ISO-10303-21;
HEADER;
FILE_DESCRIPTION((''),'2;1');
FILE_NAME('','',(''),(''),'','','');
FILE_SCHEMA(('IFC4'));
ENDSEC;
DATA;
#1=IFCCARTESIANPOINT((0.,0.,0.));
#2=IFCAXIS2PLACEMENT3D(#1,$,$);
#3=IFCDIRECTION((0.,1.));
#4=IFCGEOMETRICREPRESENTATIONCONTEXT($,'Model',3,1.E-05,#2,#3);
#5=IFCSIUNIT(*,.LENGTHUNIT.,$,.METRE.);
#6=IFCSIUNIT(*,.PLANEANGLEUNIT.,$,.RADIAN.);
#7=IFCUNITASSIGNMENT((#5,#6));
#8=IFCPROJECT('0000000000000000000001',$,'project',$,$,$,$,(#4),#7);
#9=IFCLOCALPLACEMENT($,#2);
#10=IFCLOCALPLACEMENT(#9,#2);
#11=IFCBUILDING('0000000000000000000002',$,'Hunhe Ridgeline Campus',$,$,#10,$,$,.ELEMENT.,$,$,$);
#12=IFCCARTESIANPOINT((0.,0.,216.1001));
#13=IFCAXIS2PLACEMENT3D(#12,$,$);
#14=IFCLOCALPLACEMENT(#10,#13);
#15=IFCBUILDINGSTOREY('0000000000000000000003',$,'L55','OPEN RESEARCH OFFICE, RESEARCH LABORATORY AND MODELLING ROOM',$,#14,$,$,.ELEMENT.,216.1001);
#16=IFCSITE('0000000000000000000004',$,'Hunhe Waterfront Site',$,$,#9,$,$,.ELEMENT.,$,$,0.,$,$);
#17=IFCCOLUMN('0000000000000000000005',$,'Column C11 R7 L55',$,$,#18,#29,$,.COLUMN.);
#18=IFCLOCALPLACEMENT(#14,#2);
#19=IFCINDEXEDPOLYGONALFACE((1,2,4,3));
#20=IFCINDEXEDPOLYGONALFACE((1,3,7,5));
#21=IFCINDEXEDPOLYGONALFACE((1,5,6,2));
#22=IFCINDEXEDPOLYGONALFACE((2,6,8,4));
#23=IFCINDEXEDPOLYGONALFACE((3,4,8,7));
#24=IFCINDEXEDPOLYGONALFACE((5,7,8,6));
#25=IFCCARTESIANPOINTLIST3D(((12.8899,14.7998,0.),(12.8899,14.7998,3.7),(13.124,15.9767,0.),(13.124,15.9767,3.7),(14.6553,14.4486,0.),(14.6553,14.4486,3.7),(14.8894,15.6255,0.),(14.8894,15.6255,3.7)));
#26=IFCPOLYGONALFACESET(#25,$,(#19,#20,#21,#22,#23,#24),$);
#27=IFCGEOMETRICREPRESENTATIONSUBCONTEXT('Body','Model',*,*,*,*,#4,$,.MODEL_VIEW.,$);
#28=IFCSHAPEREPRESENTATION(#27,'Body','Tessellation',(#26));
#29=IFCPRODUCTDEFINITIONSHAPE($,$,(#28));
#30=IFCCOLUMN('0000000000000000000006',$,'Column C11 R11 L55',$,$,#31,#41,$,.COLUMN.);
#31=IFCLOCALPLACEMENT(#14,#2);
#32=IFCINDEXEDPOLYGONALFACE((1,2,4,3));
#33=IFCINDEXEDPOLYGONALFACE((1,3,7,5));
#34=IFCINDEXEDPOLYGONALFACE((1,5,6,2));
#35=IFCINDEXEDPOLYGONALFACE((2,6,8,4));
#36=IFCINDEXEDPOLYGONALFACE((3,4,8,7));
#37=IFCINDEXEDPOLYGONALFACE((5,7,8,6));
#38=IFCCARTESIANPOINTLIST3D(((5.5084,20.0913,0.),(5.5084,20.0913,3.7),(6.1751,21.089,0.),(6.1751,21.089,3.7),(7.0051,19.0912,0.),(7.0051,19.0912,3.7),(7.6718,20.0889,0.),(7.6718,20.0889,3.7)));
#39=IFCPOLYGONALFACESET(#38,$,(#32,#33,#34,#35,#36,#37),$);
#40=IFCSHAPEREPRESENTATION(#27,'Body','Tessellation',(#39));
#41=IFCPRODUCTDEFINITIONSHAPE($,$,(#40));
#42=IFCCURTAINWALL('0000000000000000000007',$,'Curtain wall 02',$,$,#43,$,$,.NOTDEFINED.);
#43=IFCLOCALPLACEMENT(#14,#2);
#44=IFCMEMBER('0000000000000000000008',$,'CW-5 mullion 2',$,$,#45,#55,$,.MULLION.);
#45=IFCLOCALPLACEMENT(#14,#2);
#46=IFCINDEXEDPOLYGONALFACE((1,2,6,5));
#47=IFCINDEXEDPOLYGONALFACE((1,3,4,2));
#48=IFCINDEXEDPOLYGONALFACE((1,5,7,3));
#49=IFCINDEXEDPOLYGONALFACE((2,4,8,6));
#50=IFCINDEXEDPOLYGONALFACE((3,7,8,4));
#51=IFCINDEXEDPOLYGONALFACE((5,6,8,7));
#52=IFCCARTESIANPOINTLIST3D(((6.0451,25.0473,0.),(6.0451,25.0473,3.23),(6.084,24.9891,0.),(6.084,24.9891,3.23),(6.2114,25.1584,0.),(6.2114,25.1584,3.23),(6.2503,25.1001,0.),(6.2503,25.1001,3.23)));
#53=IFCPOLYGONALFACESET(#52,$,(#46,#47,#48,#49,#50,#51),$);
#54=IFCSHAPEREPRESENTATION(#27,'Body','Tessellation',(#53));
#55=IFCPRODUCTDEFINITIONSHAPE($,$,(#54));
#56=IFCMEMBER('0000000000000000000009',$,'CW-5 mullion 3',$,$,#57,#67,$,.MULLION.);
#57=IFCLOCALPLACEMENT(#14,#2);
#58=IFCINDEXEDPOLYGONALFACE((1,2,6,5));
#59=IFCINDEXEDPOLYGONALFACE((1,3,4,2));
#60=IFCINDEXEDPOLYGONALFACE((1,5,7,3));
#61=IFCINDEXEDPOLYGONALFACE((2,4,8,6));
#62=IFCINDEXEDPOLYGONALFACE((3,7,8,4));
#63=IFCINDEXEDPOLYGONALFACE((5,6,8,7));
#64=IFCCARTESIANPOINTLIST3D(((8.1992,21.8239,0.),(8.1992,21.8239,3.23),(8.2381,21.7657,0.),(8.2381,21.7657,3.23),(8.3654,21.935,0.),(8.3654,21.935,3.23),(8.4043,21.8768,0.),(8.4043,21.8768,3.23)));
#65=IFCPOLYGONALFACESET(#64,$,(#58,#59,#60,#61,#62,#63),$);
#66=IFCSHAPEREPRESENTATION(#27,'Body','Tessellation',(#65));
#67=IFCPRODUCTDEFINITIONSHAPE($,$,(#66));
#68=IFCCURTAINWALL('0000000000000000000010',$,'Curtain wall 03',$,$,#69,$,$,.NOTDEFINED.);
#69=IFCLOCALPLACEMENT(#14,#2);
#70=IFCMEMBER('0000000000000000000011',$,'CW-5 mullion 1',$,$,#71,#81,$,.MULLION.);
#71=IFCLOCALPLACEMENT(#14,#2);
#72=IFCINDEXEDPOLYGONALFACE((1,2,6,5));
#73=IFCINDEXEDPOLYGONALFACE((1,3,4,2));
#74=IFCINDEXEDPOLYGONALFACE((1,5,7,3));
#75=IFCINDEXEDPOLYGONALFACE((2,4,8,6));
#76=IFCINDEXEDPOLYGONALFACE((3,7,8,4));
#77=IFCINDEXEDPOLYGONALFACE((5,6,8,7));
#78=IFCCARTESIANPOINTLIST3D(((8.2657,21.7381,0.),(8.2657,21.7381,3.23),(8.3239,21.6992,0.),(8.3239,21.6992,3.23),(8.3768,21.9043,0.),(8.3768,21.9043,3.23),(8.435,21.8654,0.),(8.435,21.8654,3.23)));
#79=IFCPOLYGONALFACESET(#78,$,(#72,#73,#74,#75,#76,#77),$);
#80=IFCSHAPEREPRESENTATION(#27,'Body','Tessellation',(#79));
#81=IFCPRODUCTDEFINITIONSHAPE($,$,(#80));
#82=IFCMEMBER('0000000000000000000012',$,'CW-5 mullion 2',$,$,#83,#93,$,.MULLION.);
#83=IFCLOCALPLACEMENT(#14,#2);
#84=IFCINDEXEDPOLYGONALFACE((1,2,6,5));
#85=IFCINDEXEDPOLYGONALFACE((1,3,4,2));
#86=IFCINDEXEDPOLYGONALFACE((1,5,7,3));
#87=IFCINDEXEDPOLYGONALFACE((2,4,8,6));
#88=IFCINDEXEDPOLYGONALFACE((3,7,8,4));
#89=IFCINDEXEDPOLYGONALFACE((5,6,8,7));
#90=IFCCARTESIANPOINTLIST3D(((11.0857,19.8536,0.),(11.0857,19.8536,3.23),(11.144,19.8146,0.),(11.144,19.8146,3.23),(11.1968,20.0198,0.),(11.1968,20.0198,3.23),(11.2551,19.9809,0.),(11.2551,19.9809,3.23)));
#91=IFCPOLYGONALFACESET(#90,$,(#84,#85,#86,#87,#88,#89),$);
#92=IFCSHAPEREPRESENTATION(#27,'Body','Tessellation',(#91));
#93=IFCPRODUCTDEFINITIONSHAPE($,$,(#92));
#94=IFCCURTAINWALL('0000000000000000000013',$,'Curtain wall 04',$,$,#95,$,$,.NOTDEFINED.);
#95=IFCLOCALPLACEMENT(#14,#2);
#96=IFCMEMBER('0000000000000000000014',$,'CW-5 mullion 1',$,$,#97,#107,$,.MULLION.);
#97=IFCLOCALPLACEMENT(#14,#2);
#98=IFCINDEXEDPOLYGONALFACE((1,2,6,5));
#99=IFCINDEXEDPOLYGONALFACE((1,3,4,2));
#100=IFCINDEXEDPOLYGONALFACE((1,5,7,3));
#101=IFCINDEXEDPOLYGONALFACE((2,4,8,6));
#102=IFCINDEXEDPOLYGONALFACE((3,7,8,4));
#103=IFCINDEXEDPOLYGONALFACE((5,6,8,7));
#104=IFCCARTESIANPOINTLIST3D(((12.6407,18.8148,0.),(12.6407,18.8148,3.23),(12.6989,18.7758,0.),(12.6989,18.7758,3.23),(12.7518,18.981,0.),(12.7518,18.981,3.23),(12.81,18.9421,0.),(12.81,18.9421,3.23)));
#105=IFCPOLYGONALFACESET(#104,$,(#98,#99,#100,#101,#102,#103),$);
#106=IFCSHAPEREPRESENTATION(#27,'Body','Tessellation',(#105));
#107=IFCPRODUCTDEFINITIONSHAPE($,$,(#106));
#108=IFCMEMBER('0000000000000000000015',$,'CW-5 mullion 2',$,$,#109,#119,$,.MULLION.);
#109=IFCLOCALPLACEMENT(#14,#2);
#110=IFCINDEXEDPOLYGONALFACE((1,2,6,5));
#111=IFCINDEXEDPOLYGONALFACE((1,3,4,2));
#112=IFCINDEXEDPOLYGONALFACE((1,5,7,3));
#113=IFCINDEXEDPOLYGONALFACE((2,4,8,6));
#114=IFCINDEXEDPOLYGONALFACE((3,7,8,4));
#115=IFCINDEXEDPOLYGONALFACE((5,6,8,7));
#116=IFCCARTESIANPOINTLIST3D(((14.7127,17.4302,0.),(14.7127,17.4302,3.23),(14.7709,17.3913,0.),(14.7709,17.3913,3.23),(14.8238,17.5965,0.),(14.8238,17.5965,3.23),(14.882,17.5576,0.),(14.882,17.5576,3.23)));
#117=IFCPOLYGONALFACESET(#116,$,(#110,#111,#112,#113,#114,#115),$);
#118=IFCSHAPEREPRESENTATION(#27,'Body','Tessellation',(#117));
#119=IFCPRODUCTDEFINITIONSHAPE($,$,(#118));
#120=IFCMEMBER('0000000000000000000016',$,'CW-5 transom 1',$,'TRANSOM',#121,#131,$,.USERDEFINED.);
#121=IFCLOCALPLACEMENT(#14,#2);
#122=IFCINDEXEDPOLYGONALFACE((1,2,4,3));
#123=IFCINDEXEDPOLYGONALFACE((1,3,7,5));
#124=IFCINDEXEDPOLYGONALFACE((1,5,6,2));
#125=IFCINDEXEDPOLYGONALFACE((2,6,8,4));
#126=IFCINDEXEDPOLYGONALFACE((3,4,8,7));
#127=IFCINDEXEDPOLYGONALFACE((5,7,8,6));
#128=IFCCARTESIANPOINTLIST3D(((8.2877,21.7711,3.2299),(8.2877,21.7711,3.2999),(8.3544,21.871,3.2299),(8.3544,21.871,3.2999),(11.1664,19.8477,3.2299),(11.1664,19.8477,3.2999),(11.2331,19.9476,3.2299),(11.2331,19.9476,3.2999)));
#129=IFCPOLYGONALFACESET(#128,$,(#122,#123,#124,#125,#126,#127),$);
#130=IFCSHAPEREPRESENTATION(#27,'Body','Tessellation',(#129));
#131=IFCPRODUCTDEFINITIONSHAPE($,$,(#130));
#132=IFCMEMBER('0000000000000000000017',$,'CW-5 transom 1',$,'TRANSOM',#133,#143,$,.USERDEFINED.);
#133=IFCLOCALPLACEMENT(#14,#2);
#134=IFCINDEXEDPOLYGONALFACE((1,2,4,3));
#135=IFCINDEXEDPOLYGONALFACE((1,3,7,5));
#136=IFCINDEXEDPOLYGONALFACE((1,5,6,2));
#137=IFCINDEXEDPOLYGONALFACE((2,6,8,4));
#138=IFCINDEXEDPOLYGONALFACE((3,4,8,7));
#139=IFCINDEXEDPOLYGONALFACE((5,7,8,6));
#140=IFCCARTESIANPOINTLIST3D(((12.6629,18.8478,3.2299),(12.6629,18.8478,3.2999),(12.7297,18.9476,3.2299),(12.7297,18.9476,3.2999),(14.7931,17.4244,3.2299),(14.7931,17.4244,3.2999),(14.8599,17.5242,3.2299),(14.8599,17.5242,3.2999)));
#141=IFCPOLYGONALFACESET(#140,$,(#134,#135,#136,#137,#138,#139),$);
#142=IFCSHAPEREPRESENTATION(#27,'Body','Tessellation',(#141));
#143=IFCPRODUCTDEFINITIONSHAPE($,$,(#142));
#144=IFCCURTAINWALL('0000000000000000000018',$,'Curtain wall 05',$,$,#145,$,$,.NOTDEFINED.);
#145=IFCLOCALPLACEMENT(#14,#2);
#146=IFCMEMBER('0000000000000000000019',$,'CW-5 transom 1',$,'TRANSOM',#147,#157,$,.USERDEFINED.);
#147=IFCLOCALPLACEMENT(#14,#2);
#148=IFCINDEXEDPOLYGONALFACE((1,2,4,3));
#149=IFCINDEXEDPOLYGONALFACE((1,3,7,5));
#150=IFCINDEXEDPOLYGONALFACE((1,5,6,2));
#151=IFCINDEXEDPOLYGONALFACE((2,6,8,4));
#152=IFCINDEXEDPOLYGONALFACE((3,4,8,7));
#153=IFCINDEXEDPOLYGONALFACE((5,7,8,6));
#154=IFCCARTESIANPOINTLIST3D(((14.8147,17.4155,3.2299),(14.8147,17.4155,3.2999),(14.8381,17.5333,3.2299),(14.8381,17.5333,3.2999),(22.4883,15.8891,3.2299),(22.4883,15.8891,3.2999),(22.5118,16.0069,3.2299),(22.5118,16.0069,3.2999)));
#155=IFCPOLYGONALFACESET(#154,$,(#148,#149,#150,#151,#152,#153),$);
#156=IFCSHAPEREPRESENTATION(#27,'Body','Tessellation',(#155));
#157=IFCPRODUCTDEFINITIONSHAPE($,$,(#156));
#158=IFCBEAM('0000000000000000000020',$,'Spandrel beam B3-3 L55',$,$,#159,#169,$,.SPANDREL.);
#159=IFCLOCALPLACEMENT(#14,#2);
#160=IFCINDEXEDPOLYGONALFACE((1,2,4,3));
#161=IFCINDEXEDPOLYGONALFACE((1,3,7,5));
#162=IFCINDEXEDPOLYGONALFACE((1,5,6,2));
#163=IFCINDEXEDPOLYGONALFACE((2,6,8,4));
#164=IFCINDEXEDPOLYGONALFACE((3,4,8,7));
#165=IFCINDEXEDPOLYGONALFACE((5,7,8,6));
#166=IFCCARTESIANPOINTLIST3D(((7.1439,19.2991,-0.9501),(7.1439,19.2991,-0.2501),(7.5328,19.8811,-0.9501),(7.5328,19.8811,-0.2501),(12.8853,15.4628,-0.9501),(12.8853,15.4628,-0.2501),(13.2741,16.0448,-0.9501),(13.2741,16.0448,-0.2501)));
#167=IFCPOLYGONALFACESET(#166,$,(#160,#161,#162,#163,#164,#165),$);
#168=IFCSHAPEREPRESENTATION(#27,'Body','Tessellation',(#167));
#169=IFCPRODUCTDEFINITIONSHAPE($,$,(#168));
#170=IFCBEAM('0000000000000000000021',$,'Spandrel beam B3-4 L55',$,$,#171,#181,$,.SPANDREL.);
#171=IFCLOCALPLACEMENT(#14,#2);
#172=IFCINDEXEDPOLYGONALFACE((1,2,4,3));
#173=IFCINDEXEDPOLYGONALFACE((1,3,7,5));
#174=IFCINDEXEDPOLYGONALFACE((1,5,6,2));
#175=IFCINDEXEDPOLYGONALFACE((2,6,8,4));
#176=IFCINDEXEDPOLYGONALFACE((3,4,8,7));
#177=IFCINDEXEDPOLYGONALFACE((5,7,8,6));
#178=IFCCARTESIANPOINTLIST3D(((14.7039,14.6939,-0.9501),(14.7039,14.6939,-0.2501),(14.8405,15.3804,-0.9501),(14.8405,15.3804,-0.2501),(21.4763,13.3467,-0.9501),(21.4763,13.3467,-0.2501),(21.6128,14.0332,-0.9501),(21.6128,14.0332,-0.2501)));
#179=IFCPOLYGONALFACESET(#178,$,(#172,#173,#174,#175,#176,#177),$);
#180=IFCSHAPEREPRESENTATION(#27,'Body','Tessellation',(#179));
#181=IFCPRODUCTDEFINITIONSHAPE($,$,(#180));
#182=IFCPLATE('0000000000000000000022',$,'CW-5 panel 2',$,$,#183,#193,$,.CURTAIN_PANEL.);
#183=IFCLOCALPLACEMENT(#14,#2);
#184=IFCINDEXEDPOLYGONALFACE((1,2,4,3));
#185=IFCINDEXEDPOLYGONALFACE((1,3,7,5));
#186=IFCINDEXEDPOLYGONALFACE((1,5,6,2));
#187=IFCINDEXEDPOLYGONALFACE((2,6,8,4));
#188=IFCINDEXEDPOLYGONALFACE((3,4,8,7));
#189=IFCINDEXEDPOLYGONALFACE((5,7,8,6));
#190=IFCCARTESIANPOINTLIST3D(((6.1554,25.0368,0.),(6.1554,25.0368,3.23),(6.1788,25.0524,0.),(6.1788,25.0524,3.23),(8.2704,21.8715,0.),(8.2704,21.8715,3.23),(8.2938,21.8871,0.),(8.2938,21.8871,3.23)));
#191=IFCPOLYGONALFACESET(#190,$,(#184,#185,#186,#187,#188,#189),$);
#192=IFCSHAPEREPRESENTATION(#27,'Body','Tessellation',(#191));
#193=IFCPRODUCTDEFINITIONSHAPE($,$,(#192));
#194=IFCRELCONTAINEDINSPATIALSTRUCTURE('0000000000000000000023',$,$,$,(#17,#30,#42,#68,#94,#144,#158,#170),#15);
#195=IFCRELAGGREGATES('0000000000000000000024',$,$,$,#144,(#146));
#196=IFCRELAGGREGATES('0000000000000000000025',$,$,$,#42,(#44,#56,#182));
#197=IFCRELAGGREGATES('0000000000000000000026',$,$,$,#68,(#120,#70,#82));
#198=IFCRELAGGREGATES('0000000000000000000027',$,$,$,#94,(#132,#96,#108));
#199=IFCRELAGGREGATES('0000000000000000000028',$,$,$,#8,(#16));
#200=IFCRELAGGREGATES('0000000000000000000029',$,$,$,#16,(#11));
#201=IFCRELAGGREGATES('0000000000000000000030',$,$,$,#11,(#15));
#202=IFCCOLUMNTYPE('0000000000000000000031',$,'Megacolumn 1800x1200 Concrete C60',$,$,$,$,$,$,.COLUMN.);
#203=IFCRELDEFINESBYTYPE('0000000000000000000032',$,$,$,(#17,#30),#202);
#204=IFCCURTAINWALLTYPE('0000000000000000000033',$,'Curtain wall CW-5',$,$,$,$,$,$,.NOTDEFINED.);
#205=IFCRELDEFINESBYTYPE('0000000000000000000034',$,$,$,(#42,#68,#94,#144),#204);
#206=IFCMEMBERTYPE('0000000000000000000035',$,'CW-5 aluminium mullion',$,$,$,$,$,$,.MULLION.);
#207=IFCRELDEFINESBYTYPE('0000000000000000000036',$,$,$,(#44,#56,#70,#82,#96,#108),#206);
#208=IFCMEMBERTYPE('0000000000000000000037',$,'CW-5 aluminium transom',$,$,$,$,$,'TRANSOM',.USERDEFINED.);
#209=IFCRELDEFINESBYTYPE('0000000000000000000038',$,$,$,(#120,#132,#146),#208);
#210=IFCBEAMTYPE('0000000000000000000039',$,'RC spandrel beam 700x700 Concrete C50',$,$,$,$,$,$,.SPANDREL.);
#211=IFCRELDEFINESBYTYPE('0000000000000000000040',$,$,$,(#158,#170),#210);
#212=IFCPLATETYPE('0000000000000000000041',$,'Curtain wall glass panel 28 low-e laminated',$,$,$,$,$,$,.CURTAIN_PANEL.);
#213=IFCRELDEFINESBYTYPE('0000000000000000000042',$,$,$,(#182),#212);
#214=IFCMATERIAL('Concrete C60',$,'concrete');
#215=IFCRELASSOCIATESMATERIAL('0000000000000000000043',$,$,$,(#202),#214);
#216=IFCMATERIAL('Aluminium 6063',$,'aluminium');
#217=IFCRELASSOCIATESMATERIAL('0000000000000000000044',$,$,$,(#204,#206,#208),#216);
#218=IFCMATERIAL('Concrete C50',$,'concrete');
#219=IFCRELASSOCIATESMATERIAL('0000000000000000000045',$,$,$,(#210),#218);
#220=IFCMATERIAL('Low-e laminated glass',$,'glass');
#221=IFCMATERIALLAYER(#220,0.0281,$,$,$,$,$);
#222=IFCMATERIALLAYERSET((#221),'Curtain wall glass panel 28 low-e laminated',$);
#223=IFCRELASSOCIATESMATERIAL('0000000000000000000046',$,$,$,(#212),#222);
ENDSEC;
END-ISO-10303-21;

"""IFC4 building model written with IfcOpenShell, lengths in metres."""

from ifc_helpers import new_model, si_unit, direction, frame, origin, origin_2d, place, context, subcontext, project, spatial, rectangle, extrude, material, layer, layer_set, material_profile, profile_set, type_object, element, aggregate, save


model = new_model("IFC4")

# Units and contexts
model_context = context("Model", 3, precision=1e-05, world=origin(), true_north=direction((0.0, 1.0)))
body_context = subcontext(model_context, "Body", "Model", "MODEL_VIEW")
ifc_project = project(units=[si_unit("LENGTHUNIT", "METRE"), si_unit("PLANEANGLEUNIT", "RADIAN")], contexts=[model_context])

# Site, building, storey
site_placement = place(None, origin())
site = spatial("IfcSite", under=ifc_project, at=site_placement, Name="Hunhe Waterfront Site", CompositionType="ELEMENT", RefElevation=0.0)
building_placement = place(site_placement, origin())
building = spatial("IfcBuilding", under=site, at=building_placement, Name="Hunhe Ridgeline Campus", CompositionType="ELEMENT")
storey_placement = place(building_placement, frame((0.0, 0.0, 216.1001)))
storey = spatial("IfcBuildingStorey", under=building, at=storey_placement, Name="L55", Description="OPEN RESEARCH OFFICE, RESEARCH LABORATORY AND MODELLING ROOM", CompositionType="ELEMENT", Elevation=216.1001)

# Columns
ifc_material_1 = material(Name="Concrete C60", Category="concrete")
ifc_material_profile_1 = material_profile(ifc_material_1, rectangle(XDim=1.8, YDim=1.2, at=origin_2d()))
ifc_profile_set_1 = profile_set([ifc_material_profile_1], Name="Concrete C60")
column_type = type_object("IfcColumnType", Name="Megacolumn 1800x1200 Concrete C60", PredefinedType="COLUMN", material=ifc_profile_set_1)
for number, where, z_axis, x_axis, name in (
    (1, (13.8896, 15.2126, 0.0), (0.0, 0.0, 1.0), (-0.980785, 0.19509, 0.0), "Column C11 R7 L55"),
    (2, (6.5901, 20.0901, 0.0), (0.0, 0.0, 1.0), (-0.83147, 0.55557, 0.0), "Column C11 R11 L55"),
):
    element("IfcColumn", number, at=place(storey_placement, frame(where, z_axis=z_axis, x_axis=x_axis)), inside=storey, type_object=column_type, Name=name, PredefinedType="COLUMN", context=body_context, shape_type="SweptSolid", body=[
        extrude(rectangle(XDim=1.8, YDim=1.2, at=origin_2d()), origin(), (0.0, 0.0, 1.0), 3.7),
    ])

# Curtain walls, members
ifc_material_2 = material(Name="Aluminium 6063", Category="aluminium")
curtain_wall_type = type_object("IfcCurtainWallType", Name="Curtain wall CW-5", PredefinedType="NOTDEFINED", material=ifc_material_2)
curtain_wall_1_placement = place(storey_placement, origin())
curtain_wall_1 = element("IfcCurtainWall", 3, at=curtain_wall_1_placement, inside=storey, type_object=curtain_wall_type, Name="Curtain wall 02", PredefinedType="NOTDEFINED")
ifc_material_profile_2 = material_profile(ifc_material_2, rectangle(XDim=0.2, YDim=0.0701, at=origin_2d()))
ifc_profile_set_2 = profile_set([ifc_material_profile_2], Name="Aluminium 6063")
member_type_1 = type_object("IfcMemberType", Name="CW-5 aluminium mullion", PredefinedType="MULLION", material=ifc_profile_set_2)
member_1_placement = place(storey_placement, frame((6.1477, 25.0737, 0.0), z_axis=(0.0, 0.0, 1.0), x_axis=(0.83147, 0.55557, 0.0)))
member_1 = element("IfcMember", 4, at=member_1_placement, type_object=member_type_1, Name="CW-5 mullion 2", PredefinedType="MULLION", context=body_context, shape_type="SweptSolid", body=[
    extrude(rectangle(XDim=0.2, YDim=0.0701, at=origin_2d()), origin(), (0.0, 0.0, 1.0), 3.23),
])
member_2_placement = place(storey_placement, frame((8.3018, 21.8503, 0.0), z_axis=(0.0, 0.0, 1.0), x_axis=(0.83147, 0.55557, 0.0)))
member_2 = element("IfcMember", 5, at=member_2_placement, type_object=member_type_1, Name="CW-5 mullion 3", PredefinedType="MULLION", context=body_context, shape_type="SweptSolid", body=[
    extrude(rectangle(XDim=0.2, YDim=0.0701, at=origin_2d()), origin(), (0.0, 0.0, 1.0), 3.23),
])
curtain_wall_2_placement = place(storey_placement, origin())
curtain_wall_2 = element("IfcCurtainWall", 6, at=curtain_wall_2_placement, inside=storey, type_object=curtain_wall_type, Name="Curtain wall 03", PredefinedType="NOTDEFINED")
member_3_placement = place(storey_placement, frame((8.3503, 21.8018, 0.0), z_axis=(0.0, 0.0, 1.0), x_axis=(0.55557, 0.83147, 0.0)))
member_3 = element("IfcMember", 7, at=member_3_placement, type_object=member_type_1, Name="CW-5 mullion 1", PredefinedType="MULLION", context=body_context, shape_type="SweptSolid", body=[
    extrude(rectangle(XDim=0.2, YDim=0.0701, at=origin_2d()), origin(), (0.0, 0.0, 1.0), 3.23),
])
member_4_placement = place(storey_placement, frame((11.1704, 19.9172, 0.0), z_axis=(0.0, 0.0, 1.0), x_axis=(0.55557, 0.83147, 0.0)))
member_4 = element("IfcMember", 8, at=member_4_placement, type_object=member_type_1, Name="CW-5 mullion 2", PredefinedType="MULLION", context=body_context, shape_type="SweptSolid", body=[
    extrude(rectangle(XDim=0.2, YDim=0.0701, at=origin_2d()), origin(), (0.0, 0.0, 1.0), 3.23),
])
curtain_wall_3_placement = place(storey_placement, origin())
curtain_wall_3 = element("IfcCurtainWall", 9, at=curtain_wall_3_placement, inside=storey, type_object=curtain_wall_type, Name="Curtain wall 04", PredefinedType="NOTDEFINED")
member_5_placement = place(storey_placement, frame((12.7253, 18.8784, 0.0), z_axis=(0.0, 0.0, 1.0), x_axis=(0.55557, 0.83147, 0.0)))
member_5 = element("IfcMember", 10, at=member_5_placement, type_object=member_type_1, Name="CW-5 mullion 1", PredefinedType="MULLION", context=body_context, shape_type="SweptSolid", body=[
    extrude(rectangle(XDim=0.2, YDim=0.0701, at=origin_2d()), origin(), (0.0, 0.0, 1.0), 3.23),
])
member_6_placement = place(storey_placement, frame((14.7974, 17.4939, 0.0), z_axis=(0.0, 0.0, 1.0), x_axis=(0.55557, 0.83147, 0.0)))
member_6 = element("IfcMember", 11, at=member_6_placement, type_object=member_type_1, Name="CW-5 mullion 2", PredefinedType="MULLION", context=body_context, shape_type="SweptSolid", body=[
    extrude(rectangle(XDim=0.2, YDim=0.0701, at=origin_2d()), origin(), (0.0, 0.0, 1.0), 3.23),
])

# Members
ifc_material_profile_3 = material_profile(ifc_material_2, rectangle(XDim=0.1201, YDim=0.0701, at=origin_2d()))
ifc_profile_set_3 = profile_set([ifc_material_profile_3], Name="Aluminium 6063")
member_type_2 = type_object("IfcMemberType", Name="CW-5 aluminium transom", ElementType="TRANSOM", PredefinedType="USERDEFINED", material=ifc_profile_set_3)
member_7_placement = place(storey_placement, frame((8.321, 21.821, 3.2649), z_axis=(0.831486, -0.555546, 0.0), x_axis=(0.555546, 0.831486, 0.0)))
member_7 = element("IfcMember", 12, at=member_7_placement, type_object=member_type_2, Name="CW-5 transom 1", ObjectType="TRANSOM", PredefinedType="USERDEFINED", context=body_context, shape_type="SweptSolid", body=[
    extrude(rectangle(XDim=0.1201, YDim=0.0701, at=origin_2d()), origin(), (0.0, 0.0, 1.0), 3.4622),
])
member_8_placement = place(storey_placement, frame((12.6963, 18.8977, 3.2649), z_axis=(0.831463, -0.55558, 0.0), x_axis=(0.55558, 0.831463, 0.0)))
member_8 = element("IfcMember", 13, at=member_8_placement, type_object=member_type_2, Name="CW-5 transom 1", ObjectType="TRANSOM", PredefinedType="USERDEFINED", context=body_context, shape_type="SweptSolid", body=[
    extrude(rectangle(XDim=0.1201, YDim=0.0701, at=origin_2d()), origin(), (0.0, 0.0, 1.0), 2.562),
])

# Curtain wall, member
curtain_wall_4_placement = place(storey_placement, origin())
curtain_wall_4 = element("IfcCurtainWall", 14, at=curtain_wall_4_placement, inside=storey, type_object=curtain_wall_type, Name="Curtain wall 05", PredefinedType="NOTDEFINED")
member_9_placement = place(storey_placement, frame((14.8264, 17.4744, 3.2649), z_axis=(0.980785, -0.19509, 0.0), x_axis=(0.19509, 0.980785, 0.0)))
member_9 = element("IfcMember", 15, at=member_9_placement, type_object=member_type_2, Name="CW-5 transom 1", ObjectType="TRANSOM", PredefinedType="USERDEFINED", context=body_context, shape_type="SweptSolid", body=[
    extrude(rectangle(XDim=0.1201, YDim=0.0701, at=origin_2d()), origin(), (0.0, 0.0, 1.0), 7.824),
])
aggregate(curtain_wall_4, [member_9])

# Beams
ifc_material_3 = material(Name="Concrete C50", Category="concrete")
ifc_material_profile_4 = material_profile(ifc_material_3, rectangle(XDim=0.7, YDim=0.7, at=origin_2d()))
ifc_profile_set_4 = profile_set([ifc_material_profile_4], Name="Concrete C50")
beam_type = type_object("IfcBeamType", Name="RC spandrel beam 700x700 Concrete C50", PredefinedType="SPANDREL", material=ifc_profile_set_4)
for number, where, z_axis, x_axis, name in (
    (16, (7.3384, 19.5901, -0.6001), (0.831468, -0.555573, 0.0), (0.555573, 0.831468, 0.0), "Spandrel beam B3-3 L55"),
    (17, (14.7722, 15.0371, -0.6001), (0.980784, -0.195096, 0.0), (0.195096, 0.980784, 0.0), "Spandrel beam B3-4 L55"),
):
    element("IfcBeam", number, at=place(storey_placement, frame(where, z_axis=z_axis, x_axis=x_axis)), inside=storey, type_object=beam_type, Name=name, PredefinedType="SPANDREL", context=body_context, shape_type="SweptSolid", body=[
        extrude(rectangle(XDim=0.7, YDim=0.7, at=origin_2d()), origin(), (0.0, 0.0, 1.0), 6.905),
    ])

# Plate
ifc_material_4 = material(Name="Low-e laminated glass", Category="glass")
ifc_layer_1 = layer(ifc_material_4, 0.0281)
ifc_layer_set_1 = layer_set([ifc_layer_1], Name="Curtain wall glass panel 28 low-e laminated")
plate_type = type_object("IfcPlateType", Name="Curtain wall glass panel 28 low-e laminated", PredefinedType="CURTAIN_PANEL", material=ifc_layer_set_1)
plate_1_placement = place(storey_placement, frame((7.2246, 23.4619, 0.0), z_axis=(0.0, 0.0, 1.0), x_axis=(0.55557, -0.83147, 0.0)))
plate_1 = element("IfcPlate", 18, at=plate_1_placement, type_object=plate_type, Name="CW-5 panel 2", PredefinedType="CURTAIN_PANEL", context=body_context, shape_type="SweptSolid", body=[
    extrude(rectangle(XDim=3.8069, YDim=0.0281, at=origin_2d()), origin(), (0.0, 0.0, 1.0), 3.23),
])
aggregate(curtain_wall_1, [member_1, member_2, plate_1])
aggregate(curtain_wall_2, [member_7, member_3, member_4])
aggregate(curtain_wall_3, [member_8, member_5, member_6])

save(model, "model.ifc")
